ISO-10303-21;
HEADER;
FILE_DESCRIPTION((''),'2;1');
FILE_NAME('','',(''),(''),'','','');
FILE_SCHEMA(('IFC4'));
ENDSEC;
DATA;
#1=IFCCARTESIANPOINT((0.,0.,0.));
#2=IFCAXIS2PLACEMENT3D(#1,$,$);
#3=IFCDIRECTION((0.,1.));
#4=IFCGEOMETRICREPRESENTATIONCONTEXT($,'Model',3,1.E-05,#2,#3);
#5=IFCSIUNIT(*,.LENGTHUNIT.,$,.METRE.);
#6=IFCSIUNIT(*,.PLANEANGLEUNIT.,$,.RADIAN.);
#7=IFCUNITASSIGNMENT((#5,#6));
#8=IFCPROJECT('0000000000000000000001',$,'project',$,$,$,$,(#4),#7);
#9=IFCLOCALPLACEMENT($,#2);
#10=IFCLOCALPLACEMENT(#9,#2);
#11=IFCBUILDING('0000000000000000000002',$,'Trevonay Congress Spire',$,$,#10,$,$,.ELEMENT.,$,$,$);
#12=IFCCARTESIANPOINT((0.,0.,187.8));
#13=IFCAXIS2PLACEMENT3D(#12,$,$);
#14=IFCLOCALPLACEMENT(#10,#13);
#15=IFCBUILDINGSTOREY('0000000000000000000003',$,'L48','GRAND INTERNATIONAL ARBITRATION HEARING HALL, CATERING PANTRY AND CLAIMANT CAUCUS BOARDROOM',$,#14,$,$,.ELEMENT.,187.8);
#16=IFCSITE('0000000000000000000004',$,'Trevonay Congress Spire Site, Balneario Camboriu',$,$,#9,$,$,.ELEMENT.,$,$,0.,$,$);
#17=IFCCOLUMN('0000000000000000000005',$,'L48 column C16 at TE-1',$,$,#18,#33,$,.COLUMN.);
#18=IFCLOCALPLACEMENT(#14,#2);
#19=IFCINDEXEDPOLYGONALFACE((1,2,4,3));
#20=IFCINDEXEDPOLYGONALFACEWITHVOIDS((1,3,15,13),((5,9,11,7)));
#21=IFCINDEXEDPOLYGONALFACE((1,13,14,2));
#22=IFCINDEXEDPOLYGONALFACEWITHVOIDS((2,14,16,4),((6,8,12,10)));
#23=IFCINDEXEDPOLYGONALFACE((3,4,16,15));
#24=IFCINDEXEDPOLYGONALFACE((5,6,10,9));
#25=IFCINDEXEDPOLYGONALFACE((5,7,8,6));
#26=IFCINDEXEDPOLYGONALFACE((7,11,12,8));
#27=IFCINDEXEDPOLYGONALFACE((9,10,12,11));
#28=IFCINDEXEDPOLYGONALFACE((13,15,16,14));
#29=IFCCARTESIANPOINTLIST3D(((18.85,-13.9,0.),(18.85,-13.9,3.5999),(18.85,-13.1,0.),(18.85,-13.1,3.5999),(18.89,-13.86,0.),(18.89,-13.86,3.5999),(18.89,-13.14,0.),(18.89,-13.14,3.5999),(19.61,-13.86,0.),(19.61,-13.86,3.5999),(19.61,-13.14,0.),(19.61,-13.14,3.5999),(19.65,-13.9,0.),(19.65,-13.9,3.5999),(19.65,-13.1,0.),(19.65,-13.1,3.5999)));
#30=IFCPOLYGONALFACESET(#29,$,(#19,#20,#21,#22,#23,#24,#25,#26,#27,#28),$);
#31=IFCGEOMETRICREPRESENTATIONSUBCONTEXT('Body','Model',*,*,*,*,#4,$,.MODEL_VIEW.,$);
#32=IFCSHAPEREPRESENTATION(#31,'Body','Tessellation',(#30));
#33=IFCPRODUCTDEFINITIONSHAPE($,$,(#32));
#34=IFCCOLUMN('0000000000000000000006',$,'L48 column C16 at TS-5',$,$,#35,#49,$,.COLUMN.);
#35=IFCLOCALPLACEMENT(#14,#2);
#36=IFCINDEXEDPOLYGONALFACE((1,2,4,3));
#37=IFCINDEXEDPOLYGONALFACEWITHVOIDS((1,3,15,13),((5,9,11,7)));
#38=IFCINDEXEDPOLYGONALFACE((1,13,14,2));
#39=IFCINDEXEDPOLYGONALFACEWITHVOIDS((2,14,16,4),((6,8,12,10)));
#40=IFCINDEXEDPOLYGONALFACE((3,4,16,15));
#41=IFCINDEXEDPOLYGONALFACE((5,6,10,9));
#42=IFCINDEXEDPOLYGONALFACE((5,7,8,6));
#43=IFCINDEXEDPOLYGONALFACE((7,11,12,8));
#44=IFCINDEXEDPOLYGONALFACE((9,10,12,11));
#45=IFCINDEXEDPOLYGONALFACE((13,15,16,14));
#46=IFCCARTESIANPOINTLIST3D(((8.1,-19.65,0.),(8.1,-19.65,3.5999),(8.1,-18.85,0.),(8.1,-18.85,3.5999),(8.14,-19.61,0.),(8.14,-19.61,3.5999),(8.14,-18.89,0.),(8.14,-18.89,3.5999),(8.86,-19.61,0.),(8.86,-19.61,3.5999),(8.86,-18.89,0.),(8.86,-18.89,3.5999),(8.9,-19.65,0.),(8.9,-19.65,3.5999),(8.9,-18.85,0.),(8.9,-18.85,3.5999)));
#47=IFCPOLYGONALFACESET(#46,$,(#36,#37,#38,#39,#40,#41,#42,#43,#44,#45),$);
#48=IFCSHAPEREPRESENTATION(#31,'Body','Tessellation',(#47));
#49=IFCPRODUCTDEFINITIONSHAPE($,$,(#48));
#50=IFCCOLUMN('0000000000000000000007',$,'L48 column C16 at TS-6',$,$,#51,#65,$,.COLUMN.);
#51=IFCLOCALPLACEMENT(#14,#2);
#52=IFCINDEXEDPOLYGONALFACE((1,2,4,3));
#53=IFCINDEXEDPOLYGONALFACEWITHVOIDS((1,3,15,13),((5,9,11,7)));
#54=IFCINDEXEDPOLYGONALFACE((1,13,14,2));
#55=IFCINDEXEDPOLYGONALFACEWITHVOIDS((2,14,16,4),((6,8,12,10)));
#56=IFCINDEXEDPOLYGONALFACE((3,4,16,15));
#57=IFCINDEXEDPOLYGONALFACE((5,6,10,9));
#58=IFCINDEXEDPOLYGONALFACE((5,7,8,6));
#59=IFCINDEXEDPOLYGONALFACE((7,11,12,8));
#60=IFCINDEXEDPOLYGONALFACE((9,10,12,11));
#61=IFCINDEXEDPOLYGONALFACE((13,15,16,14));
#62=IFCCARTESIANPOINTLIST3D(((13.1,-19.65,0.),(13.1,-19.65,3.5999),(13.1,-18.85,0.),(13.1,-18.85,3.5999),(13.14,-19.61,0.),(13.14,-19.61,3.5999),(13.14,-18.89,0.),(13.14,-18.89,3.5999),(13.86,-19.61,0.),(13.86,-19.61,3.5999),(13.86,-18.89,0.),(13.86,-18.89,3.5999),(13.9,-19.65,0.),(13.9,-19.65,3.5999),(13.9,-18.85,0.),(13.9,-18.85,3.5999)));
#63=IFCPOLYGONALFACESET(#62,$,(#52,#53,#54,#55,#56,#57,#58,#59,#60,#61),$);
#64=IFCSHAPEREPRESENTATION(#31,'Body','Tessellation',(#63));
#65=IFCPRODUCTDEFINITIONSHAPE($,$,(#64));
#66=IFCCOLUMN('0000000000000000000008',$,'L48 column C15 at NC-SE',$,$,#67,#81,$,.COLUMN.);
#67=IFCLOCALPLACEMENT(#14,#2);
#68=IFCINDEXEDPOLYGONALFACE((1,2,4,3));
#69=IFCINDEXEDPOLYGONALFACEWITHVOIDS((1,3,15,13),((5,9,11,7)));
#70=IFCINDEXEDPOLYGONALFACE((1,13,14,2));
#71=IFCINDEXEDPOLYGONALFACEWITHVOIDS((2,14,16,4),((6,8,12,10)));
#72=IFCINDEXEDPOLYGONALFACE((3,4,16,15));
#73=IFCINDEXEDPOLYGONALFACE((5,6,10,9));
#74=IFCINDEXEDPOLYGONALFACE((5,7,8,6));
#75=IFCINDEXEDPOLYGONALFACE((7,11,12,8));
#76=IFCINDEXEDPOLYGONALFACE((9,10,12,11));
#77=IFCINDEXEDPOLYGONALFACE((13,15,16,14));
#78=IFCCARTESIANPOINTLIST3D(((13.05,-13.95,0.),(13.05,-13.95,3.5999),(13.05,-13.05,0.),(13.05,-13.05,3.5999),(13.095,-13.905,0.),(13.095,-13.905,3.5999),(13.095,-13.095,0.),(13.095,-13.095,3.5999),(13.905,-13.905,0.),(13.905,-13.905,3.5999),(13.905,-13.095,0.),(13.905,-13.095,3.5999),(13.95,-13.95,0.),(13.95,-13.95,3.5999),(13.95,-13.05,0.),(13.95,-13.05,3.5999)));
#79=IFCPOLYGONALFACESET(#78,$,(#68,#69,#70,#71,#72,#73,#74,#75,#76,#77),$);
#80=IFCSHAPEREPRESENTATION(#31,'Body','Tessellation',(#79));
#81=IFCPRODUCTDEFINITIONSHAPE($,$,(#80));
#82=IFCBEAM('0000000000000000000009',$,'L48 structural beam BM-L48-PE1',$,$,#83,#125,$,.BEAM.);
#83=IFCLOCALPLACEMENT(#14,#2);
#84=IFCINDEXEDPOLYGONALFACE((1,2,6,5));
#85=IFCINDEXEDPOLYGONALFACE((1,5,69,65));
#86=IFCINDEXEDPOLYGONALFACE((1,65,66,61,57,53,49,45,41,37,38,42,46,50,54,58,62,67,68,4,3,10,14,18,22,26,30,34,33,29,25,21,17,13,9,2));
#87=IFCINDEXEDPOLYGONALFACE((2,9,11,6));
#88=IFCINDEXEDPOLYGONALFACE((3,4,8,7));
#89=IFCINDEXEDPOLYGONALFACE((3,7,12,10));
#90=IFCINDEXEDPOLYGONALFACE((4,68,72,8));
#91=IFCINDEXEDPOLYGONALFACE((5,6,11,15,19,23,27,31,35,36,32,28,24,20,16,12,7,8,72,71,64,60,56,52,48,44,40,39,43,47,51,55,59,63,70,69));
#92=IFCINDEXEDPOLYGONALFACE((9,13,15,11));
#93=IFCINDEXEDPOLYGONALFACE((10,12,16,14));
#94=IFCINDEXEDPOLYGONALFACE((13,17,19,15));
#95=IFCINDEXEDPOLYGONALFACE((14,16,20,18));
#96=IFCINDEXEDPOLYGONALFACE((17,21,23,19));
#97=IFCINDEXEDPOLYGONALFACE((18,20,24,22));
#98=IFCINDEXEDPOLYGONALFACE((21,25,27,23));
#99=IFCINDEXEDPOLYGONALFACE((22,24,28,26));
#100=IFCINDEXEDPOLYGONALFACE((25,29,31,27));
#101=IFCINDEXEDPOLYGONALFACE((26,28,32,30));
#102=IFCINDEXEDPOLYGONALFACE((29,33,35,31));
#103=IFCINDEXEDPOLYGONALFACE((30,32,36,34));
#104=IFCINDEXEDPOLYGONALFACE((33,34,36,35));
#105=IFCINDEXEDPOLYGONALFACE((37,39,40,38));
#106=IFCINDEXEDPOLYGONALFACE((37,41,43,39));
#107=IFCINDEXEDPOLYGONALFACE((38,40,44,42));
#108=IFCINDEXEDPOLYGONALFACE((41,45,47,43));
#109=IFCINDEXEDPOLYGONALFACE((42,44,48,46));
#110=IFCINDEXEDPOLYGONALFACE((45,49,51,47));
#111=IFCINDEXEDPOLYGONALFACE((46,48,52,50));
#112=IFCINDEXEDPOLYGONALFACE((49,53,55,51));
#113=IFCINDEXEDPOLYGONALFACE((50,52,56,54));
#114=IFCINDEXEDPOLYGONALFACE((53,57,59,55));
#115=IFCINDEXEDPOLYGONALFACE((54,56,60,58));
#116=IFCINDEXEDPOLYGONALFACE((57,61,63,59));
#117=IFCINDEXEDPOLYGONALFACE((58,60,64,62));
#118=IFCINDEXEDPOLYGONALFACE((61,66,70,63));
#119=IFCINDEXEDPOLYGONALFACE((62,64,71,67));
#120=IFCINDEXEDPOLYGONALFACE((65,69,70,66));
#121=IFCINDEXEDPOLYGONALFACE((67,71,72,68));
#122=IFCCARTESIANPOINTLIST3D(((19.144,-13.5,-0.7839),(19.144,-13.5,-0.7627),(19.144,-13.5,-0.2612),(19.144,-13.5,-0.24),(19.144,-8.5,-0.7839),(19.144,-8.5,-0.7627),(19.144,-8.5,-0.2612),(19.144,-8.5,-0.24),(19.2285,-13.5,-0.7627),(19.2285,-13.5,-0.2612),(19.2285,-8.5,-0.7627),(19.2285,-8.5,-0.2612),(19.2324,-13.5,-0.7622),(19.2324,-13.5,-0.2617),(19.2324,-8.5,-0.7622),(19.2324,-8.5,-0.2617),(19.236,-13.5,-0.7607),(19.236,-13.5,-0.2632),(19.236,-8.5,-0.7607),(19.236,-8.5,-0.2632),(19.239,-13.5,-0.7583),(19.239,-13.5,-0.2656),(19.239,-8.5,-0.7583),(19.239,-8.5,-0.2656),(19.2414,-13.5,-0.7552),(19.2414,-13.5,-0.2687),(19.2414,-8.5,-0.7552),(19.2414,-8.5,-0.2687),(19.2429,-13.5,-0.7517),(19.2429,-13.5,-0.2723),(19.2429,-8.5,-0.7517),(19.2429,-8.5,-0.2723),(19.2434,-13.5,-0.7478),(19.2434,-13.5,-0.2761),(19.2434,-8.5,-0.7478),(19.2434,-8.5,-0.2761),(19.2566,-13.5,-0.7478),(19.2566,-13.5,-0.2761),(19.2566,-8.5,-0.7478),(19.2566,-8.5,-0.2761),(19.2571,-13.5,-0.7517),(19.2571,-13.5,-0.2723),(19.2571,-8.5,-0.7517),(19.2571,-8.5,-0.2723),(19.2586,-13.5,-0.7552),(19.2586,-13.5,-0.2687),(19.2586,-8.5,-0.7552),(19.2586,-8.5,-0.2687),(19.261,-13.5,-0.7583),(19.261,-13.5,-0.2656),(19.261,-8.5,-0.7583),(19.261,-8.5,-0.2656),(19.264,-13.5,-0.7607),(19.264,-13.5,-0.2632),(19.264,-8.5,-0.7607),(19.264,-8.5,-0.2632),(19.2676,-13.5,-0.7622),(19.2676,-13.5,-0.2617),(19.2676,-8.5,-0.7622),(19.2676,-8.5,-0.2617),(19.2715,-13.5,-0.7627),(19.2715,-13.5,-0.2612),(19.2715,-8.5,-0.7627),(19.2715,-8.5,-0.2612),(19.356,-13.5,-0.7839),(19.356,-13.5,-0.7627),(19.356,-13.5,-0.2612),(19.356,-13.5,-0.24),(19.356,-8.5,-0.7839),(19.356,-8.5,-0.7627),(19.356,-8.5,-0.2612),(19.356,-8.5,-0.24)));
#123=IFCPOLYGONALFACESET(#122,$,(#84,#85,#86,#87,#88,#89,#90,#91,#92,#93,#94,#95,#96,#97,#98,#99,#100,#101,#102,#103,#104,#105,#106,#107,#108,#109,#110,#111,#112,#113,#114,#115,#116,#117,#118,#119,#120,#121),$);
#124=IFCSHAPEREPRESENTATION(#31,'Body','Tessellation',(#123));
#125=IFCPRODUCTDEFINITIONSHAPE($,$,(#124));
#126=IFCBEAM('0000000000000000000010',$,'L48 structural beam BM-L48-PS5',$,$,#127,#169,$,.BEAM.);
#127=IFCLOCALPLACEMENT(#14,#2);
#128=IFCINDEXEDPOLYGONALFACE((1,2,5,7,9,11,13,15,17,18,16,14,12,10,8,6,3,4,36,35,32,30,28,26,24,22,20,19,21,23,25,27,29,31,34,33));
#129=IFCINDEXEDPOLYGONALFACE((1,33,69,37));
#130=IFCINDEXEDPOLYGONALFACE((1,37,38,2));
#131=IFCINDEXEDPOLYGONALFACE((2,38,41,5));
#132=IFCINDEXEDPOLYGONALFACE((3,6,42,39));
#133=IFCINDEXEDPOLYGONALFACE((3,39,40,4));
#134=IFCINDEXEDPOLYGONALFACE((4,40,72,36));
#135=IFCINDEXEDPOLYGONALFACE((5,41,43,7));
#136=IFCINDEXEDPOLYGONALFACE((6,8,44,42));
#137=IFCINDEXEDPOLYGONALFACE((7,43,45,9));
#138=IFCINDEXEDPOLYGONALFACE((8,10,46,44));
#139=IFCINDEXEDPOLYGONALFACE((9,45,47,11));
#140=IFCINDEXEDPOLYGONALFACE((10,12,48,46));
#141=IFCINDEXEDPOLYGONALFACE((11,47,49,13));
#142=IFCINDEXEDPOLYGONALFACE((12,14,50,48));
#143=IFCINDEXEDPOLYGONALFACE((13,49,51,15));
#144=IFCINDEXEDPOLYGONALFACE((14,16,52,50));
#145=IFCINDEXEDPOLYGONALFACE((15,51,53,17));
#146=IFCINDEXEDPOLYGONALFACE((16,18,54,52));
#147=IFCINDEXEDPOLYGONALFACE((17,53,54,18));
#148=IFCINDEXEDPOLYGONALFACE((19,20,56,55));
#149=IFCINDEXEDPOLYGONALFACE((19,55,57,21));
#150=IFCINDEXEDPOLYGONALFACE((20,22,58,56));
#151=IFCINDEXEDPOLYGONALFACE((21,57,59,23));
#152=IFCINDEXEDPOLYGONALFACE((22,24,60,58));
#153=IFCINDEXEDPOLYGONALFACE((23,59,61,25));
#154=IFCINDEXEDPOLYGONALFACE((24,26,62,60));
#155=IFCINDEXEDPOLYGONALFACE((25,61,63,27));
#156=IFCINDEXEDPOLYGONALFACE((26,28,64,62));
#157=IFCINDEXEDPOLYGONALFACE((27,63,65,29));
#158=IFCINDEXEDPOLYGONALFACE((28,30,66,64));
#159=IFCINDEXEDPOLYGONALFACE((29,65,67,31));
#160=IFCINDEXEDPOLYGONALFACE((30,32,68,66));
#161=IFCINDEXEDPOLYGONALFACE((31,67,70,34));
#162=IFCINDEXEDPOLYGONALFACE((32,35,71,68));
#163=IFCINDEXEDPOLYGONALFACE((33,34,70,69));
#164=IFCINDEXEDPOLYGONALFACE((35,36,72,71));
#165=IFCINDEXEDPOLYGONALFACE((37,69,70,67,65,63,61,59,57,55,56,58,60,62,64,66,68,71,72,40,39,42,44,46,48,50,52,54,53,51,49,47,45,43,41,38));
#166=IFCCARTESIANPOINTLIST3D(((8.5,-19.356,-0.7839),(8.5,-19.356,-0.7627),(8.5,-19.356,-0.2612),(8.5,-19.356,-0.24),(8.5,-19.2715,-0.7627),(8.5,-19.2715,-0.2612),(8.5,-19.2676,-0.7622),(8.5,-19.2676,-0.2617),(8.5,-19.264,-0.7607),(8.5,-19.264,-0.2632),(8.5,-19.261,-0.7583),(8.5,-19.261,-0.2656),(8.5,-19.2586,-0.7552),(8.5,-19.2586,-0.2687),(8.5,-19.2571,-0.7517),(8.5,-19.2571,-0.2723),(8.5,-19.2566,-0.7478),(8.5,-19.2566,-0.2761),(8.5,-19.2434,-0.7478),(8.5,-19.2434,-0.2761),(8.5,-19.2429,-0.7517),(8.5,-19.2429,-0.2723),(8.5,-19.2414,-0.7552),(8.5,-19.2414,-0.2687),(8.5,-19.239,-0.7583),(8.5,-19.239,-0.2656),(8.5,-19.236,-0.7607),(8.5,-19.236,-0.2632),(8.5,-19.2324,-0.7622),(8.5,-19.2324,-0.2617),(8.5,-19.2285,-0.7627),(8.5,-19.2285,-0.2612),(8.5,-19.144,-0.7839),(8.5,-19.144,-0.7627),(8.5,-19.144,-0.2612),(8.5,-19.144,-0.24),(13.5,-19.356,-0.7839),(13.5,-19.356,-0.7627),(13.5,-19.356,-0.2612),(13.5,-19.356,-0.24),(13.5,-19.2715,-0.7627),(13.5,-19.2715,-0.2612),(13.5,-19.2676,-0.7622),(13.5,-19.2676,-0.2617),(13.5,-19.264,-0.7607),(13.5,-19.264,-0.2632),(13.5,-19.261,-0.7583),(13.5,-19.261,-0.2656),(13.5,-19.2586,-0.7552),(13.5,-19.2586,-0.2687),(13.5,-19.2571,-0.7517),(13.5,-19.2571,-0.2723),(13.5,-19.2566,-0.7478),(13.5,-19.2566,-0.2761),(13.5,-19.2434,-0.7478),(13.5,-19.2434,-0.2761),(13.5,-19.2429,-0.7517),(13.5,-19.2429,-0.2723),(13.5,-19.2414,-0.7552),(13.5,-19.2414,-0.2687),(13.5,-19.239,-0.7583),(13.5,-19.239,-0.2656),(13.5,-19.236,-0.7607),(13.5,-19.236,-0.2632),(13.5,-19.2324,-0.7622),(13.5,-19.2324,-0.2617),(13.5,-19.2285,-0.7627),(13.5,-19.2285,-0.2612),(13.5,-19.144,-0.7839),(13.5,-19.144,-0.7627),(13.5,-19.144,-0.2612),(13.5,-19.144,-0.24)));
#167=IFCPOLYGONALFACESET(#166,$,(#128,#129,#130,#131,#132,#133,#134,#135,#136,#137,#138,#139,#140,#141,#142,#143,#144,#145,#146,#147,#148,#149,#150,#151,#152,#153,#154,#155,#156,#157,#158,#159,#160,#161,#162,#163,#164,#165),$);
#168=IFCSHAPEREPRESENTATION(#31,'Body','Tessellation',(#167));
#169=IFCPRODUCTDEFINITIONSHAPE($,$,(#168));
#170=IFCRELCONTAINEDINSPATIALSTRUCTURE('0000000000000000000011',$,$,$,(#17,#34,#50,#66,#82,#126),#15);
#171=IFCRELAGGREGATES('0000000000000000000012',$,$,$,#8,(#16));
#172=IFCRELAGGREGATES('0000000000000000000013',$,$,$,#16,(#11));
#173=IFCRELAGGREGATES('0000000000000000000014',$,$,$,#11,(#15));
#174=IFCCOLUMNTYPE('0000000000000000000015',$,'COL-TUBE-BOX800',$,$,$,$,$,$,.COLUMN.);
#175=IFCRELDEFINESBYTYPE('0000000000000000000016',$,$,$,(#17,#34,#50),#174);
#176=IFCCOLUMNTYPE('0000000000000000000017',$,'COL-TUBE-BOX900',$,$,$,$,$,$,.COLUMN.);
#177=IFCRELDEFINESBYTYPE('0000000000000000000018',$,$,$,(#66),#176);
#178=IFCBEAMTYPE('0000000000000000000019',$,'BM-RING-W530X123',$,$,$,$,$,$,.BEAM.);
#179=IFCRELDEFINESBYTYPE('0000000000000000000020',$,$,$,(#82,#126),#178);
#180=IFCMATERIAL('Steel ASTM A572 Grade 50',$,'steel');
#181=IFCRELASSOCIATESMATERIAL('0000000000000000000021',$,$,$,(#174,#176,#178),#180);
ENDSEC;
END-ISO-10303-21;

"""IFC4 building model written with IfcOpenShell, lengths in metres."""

from ifc_helpers import new_model, si_unit, direction, frame, origin, origin_2d, place, context, subcontext, project, spatial, hollow_rectangle, i_section, extrude, material, material_profile, profile_set, type_object, element, save


model = new_model("IFC4")

# Units and contexts
model_context = context("Model", 3, precision=1e-05, world=origin(), true_north=direction((0.0, 1.0)))
body_context = subcontext(model_context, "Body", "Model", "MODEL_VIEW")
ifc_project = project(units=[si_unit("LENGTHUNIT", "METRE"), si_unit("PLANEANGLEUNIT", "RADIAN")], contexts=[model_context])

# Site, building, storey
site_placement = place(None, origin())
site = spatial("IfcSite", under=ifc_project, at=site_placement, Name="Trevonay Congress Spire Site, Balneario Camboriu", CompositionType="ELEMENT", RefElevation=0.0)
building_placement = place(site_placement, origin())
building = spatial("IfcBuilding", under=site, at=building_placement, Name="Trevonay Congress Spire", CompositionType="ELEMENT")
storey_placement = place(building_placement, frame((0.0, 0.0, 187.8)))
storey = spatial("IfcBuildingStorey", under=building, at=storey_placement, Name="L48", Description="GRAND INTERNATIONAL ARBITRATION HEARING HALL, CATERING PANTRY AND CLAIMANT CAUCUS BOARDROOM", CompositionType="ELEMENT", Elevation=187.8)

# Columns
ifc_material_1 = material(Name="Steel ASTM A572 Grade 50", Category="steel")
ifc_material_profile_1 = material_profile(ifc_material_1, hollow_rectangle(XDim=0.8, YDim=0.8, WallThickness=0.04, at=origin_2d()), Name="BOX 800x800x40")
ifc_profile_set_1 = profile_set([ifc_material_profile_1], Name="Steel ASTM A572 Grade 50")
column_type_1 = type_object("IfcColumnType", Name="COL-TUBE-BOX800", PredefinedType="COLUMN", material=ifc_profile_set_1)
for number, where, z_axis, x_axis, name in (
    (1, (19.25, -13.5, 0.0), (0.0, 0.0, 1.0), (1.0, 0.0, 0.0), "L48 column C16 at TE-1"),
    (2, (8.5, -19.25, 0.0), (0.0, 0.0, 1.0), (1.0, 0.0, 0.0), "L48 column C16 at TS-5"),
    (3, (13.5, -19.25, 0.0), (0.0, 0.0, 1.0), (1.0, 0.0, 0.0), "L48 column C16 at TS-6"),
):
    element("IfcColumn", number, at=place(storey_placement, frame(where, z_axis=z_axis, x_axis=x_axis)), inside=storey, type_object=column_type_1, Name=name, PredefinedType="COLUMN", context=body_context, shape_type="SweptSolid", body=[
        extrude(hollow_rectangle(XDim=0.8, YDim=0.8, WallThickness=0.04, at=origin_2d()), origin(), (0.0, 0.0, 1.0), 3.5999),
    ])
ifc_material_profile_2 = material_profile(ifc_material_1, hollow_rectangle(XDim=0.8999, YDim=0.8999, WallThickness=0.0449, at=origin_2d()), Name="BOX 900x900x45")
ifc_profile_set_2 = profile_set([ifc_material_profile_2], Name="Steel ASTM A572 Grade 50")
column_type_2 = type_object("IfcColumnType", Name="COL-TUBE-BOX900", PredefinedType="COLUMN", material=ifc_profile_set_2)
column_placement = place(storey_placement, frame((13.5, -13.5, 0.0), z_axis=(0.0, 0.0, 1.0), x_axis=(1.0, 0.0, 0.0)))
element("IfcColumn", 4, at=column_placement, inside=storey, type_object=column_type_2, Name="L48 column C15 at NC-SE", PredefinedType="COLUMN", context=body_context, shape_type="SweptSolid", body=[
    extrude(hollow_rectangle(XDim=0.8999, YDim=0.8999, WallThickness=0.0449, at=origin_2d()), origin(), (0.0, 0.0, 1.0), 3.5999),
])

# Beams
ifc_material_profile_3 = material_profile(ifc_material_1, i_section(OverallWidth=0.2119, OverallDepth=0.5439, WebThickness=0.0132, FlangeThickness=0.0212, FilletRadius=0.0149, at=origin_2d()), Name="W530x123")
ifc_profile_set_3 = profile_set([ifc_material_profile_3], Name="Steel ASTM A572 Grade 50")
beam_type = type_object("IfcBeamType", Name="BM-RING-W530X123", PredefinedType="BEAM", material=ifc_profile_set_3)
for number, where, z_axis, x_axis, name in (
    (5, (19.25, -13.5, -0.512), (0.0, 1.0, 0.0), (-1.0, 0.0, 0.0), "L48 structural beam BM-L48-PE1"),
    (6, (8.5, -19.25, -0.512), (1.0, 0.0, 0.0), (0.0, 1.0, 0.0), "L48 structural beam BM-L48-PS5"),
):
    element("IfcBeam", number, at=place(storey_placement, frame(where, z_axis=z_axis, x_axis=x_axis)), inside=storey, type_object=beam_type, Name=name, PredefinedType="BEAM", context=body_context, shape_type="SweptSolid", body=[
        extrude(i_section(OverallWidth=0.2119, OverallDepth=0.5439, WebThickness=0.0132, FlangeThickness=0.0212, FilletRadius=0.0149, at=origin_2d()), origin(), (0.0, 0.0, 1.0), 5.0),
    ])

save(model, "model.ifc")
